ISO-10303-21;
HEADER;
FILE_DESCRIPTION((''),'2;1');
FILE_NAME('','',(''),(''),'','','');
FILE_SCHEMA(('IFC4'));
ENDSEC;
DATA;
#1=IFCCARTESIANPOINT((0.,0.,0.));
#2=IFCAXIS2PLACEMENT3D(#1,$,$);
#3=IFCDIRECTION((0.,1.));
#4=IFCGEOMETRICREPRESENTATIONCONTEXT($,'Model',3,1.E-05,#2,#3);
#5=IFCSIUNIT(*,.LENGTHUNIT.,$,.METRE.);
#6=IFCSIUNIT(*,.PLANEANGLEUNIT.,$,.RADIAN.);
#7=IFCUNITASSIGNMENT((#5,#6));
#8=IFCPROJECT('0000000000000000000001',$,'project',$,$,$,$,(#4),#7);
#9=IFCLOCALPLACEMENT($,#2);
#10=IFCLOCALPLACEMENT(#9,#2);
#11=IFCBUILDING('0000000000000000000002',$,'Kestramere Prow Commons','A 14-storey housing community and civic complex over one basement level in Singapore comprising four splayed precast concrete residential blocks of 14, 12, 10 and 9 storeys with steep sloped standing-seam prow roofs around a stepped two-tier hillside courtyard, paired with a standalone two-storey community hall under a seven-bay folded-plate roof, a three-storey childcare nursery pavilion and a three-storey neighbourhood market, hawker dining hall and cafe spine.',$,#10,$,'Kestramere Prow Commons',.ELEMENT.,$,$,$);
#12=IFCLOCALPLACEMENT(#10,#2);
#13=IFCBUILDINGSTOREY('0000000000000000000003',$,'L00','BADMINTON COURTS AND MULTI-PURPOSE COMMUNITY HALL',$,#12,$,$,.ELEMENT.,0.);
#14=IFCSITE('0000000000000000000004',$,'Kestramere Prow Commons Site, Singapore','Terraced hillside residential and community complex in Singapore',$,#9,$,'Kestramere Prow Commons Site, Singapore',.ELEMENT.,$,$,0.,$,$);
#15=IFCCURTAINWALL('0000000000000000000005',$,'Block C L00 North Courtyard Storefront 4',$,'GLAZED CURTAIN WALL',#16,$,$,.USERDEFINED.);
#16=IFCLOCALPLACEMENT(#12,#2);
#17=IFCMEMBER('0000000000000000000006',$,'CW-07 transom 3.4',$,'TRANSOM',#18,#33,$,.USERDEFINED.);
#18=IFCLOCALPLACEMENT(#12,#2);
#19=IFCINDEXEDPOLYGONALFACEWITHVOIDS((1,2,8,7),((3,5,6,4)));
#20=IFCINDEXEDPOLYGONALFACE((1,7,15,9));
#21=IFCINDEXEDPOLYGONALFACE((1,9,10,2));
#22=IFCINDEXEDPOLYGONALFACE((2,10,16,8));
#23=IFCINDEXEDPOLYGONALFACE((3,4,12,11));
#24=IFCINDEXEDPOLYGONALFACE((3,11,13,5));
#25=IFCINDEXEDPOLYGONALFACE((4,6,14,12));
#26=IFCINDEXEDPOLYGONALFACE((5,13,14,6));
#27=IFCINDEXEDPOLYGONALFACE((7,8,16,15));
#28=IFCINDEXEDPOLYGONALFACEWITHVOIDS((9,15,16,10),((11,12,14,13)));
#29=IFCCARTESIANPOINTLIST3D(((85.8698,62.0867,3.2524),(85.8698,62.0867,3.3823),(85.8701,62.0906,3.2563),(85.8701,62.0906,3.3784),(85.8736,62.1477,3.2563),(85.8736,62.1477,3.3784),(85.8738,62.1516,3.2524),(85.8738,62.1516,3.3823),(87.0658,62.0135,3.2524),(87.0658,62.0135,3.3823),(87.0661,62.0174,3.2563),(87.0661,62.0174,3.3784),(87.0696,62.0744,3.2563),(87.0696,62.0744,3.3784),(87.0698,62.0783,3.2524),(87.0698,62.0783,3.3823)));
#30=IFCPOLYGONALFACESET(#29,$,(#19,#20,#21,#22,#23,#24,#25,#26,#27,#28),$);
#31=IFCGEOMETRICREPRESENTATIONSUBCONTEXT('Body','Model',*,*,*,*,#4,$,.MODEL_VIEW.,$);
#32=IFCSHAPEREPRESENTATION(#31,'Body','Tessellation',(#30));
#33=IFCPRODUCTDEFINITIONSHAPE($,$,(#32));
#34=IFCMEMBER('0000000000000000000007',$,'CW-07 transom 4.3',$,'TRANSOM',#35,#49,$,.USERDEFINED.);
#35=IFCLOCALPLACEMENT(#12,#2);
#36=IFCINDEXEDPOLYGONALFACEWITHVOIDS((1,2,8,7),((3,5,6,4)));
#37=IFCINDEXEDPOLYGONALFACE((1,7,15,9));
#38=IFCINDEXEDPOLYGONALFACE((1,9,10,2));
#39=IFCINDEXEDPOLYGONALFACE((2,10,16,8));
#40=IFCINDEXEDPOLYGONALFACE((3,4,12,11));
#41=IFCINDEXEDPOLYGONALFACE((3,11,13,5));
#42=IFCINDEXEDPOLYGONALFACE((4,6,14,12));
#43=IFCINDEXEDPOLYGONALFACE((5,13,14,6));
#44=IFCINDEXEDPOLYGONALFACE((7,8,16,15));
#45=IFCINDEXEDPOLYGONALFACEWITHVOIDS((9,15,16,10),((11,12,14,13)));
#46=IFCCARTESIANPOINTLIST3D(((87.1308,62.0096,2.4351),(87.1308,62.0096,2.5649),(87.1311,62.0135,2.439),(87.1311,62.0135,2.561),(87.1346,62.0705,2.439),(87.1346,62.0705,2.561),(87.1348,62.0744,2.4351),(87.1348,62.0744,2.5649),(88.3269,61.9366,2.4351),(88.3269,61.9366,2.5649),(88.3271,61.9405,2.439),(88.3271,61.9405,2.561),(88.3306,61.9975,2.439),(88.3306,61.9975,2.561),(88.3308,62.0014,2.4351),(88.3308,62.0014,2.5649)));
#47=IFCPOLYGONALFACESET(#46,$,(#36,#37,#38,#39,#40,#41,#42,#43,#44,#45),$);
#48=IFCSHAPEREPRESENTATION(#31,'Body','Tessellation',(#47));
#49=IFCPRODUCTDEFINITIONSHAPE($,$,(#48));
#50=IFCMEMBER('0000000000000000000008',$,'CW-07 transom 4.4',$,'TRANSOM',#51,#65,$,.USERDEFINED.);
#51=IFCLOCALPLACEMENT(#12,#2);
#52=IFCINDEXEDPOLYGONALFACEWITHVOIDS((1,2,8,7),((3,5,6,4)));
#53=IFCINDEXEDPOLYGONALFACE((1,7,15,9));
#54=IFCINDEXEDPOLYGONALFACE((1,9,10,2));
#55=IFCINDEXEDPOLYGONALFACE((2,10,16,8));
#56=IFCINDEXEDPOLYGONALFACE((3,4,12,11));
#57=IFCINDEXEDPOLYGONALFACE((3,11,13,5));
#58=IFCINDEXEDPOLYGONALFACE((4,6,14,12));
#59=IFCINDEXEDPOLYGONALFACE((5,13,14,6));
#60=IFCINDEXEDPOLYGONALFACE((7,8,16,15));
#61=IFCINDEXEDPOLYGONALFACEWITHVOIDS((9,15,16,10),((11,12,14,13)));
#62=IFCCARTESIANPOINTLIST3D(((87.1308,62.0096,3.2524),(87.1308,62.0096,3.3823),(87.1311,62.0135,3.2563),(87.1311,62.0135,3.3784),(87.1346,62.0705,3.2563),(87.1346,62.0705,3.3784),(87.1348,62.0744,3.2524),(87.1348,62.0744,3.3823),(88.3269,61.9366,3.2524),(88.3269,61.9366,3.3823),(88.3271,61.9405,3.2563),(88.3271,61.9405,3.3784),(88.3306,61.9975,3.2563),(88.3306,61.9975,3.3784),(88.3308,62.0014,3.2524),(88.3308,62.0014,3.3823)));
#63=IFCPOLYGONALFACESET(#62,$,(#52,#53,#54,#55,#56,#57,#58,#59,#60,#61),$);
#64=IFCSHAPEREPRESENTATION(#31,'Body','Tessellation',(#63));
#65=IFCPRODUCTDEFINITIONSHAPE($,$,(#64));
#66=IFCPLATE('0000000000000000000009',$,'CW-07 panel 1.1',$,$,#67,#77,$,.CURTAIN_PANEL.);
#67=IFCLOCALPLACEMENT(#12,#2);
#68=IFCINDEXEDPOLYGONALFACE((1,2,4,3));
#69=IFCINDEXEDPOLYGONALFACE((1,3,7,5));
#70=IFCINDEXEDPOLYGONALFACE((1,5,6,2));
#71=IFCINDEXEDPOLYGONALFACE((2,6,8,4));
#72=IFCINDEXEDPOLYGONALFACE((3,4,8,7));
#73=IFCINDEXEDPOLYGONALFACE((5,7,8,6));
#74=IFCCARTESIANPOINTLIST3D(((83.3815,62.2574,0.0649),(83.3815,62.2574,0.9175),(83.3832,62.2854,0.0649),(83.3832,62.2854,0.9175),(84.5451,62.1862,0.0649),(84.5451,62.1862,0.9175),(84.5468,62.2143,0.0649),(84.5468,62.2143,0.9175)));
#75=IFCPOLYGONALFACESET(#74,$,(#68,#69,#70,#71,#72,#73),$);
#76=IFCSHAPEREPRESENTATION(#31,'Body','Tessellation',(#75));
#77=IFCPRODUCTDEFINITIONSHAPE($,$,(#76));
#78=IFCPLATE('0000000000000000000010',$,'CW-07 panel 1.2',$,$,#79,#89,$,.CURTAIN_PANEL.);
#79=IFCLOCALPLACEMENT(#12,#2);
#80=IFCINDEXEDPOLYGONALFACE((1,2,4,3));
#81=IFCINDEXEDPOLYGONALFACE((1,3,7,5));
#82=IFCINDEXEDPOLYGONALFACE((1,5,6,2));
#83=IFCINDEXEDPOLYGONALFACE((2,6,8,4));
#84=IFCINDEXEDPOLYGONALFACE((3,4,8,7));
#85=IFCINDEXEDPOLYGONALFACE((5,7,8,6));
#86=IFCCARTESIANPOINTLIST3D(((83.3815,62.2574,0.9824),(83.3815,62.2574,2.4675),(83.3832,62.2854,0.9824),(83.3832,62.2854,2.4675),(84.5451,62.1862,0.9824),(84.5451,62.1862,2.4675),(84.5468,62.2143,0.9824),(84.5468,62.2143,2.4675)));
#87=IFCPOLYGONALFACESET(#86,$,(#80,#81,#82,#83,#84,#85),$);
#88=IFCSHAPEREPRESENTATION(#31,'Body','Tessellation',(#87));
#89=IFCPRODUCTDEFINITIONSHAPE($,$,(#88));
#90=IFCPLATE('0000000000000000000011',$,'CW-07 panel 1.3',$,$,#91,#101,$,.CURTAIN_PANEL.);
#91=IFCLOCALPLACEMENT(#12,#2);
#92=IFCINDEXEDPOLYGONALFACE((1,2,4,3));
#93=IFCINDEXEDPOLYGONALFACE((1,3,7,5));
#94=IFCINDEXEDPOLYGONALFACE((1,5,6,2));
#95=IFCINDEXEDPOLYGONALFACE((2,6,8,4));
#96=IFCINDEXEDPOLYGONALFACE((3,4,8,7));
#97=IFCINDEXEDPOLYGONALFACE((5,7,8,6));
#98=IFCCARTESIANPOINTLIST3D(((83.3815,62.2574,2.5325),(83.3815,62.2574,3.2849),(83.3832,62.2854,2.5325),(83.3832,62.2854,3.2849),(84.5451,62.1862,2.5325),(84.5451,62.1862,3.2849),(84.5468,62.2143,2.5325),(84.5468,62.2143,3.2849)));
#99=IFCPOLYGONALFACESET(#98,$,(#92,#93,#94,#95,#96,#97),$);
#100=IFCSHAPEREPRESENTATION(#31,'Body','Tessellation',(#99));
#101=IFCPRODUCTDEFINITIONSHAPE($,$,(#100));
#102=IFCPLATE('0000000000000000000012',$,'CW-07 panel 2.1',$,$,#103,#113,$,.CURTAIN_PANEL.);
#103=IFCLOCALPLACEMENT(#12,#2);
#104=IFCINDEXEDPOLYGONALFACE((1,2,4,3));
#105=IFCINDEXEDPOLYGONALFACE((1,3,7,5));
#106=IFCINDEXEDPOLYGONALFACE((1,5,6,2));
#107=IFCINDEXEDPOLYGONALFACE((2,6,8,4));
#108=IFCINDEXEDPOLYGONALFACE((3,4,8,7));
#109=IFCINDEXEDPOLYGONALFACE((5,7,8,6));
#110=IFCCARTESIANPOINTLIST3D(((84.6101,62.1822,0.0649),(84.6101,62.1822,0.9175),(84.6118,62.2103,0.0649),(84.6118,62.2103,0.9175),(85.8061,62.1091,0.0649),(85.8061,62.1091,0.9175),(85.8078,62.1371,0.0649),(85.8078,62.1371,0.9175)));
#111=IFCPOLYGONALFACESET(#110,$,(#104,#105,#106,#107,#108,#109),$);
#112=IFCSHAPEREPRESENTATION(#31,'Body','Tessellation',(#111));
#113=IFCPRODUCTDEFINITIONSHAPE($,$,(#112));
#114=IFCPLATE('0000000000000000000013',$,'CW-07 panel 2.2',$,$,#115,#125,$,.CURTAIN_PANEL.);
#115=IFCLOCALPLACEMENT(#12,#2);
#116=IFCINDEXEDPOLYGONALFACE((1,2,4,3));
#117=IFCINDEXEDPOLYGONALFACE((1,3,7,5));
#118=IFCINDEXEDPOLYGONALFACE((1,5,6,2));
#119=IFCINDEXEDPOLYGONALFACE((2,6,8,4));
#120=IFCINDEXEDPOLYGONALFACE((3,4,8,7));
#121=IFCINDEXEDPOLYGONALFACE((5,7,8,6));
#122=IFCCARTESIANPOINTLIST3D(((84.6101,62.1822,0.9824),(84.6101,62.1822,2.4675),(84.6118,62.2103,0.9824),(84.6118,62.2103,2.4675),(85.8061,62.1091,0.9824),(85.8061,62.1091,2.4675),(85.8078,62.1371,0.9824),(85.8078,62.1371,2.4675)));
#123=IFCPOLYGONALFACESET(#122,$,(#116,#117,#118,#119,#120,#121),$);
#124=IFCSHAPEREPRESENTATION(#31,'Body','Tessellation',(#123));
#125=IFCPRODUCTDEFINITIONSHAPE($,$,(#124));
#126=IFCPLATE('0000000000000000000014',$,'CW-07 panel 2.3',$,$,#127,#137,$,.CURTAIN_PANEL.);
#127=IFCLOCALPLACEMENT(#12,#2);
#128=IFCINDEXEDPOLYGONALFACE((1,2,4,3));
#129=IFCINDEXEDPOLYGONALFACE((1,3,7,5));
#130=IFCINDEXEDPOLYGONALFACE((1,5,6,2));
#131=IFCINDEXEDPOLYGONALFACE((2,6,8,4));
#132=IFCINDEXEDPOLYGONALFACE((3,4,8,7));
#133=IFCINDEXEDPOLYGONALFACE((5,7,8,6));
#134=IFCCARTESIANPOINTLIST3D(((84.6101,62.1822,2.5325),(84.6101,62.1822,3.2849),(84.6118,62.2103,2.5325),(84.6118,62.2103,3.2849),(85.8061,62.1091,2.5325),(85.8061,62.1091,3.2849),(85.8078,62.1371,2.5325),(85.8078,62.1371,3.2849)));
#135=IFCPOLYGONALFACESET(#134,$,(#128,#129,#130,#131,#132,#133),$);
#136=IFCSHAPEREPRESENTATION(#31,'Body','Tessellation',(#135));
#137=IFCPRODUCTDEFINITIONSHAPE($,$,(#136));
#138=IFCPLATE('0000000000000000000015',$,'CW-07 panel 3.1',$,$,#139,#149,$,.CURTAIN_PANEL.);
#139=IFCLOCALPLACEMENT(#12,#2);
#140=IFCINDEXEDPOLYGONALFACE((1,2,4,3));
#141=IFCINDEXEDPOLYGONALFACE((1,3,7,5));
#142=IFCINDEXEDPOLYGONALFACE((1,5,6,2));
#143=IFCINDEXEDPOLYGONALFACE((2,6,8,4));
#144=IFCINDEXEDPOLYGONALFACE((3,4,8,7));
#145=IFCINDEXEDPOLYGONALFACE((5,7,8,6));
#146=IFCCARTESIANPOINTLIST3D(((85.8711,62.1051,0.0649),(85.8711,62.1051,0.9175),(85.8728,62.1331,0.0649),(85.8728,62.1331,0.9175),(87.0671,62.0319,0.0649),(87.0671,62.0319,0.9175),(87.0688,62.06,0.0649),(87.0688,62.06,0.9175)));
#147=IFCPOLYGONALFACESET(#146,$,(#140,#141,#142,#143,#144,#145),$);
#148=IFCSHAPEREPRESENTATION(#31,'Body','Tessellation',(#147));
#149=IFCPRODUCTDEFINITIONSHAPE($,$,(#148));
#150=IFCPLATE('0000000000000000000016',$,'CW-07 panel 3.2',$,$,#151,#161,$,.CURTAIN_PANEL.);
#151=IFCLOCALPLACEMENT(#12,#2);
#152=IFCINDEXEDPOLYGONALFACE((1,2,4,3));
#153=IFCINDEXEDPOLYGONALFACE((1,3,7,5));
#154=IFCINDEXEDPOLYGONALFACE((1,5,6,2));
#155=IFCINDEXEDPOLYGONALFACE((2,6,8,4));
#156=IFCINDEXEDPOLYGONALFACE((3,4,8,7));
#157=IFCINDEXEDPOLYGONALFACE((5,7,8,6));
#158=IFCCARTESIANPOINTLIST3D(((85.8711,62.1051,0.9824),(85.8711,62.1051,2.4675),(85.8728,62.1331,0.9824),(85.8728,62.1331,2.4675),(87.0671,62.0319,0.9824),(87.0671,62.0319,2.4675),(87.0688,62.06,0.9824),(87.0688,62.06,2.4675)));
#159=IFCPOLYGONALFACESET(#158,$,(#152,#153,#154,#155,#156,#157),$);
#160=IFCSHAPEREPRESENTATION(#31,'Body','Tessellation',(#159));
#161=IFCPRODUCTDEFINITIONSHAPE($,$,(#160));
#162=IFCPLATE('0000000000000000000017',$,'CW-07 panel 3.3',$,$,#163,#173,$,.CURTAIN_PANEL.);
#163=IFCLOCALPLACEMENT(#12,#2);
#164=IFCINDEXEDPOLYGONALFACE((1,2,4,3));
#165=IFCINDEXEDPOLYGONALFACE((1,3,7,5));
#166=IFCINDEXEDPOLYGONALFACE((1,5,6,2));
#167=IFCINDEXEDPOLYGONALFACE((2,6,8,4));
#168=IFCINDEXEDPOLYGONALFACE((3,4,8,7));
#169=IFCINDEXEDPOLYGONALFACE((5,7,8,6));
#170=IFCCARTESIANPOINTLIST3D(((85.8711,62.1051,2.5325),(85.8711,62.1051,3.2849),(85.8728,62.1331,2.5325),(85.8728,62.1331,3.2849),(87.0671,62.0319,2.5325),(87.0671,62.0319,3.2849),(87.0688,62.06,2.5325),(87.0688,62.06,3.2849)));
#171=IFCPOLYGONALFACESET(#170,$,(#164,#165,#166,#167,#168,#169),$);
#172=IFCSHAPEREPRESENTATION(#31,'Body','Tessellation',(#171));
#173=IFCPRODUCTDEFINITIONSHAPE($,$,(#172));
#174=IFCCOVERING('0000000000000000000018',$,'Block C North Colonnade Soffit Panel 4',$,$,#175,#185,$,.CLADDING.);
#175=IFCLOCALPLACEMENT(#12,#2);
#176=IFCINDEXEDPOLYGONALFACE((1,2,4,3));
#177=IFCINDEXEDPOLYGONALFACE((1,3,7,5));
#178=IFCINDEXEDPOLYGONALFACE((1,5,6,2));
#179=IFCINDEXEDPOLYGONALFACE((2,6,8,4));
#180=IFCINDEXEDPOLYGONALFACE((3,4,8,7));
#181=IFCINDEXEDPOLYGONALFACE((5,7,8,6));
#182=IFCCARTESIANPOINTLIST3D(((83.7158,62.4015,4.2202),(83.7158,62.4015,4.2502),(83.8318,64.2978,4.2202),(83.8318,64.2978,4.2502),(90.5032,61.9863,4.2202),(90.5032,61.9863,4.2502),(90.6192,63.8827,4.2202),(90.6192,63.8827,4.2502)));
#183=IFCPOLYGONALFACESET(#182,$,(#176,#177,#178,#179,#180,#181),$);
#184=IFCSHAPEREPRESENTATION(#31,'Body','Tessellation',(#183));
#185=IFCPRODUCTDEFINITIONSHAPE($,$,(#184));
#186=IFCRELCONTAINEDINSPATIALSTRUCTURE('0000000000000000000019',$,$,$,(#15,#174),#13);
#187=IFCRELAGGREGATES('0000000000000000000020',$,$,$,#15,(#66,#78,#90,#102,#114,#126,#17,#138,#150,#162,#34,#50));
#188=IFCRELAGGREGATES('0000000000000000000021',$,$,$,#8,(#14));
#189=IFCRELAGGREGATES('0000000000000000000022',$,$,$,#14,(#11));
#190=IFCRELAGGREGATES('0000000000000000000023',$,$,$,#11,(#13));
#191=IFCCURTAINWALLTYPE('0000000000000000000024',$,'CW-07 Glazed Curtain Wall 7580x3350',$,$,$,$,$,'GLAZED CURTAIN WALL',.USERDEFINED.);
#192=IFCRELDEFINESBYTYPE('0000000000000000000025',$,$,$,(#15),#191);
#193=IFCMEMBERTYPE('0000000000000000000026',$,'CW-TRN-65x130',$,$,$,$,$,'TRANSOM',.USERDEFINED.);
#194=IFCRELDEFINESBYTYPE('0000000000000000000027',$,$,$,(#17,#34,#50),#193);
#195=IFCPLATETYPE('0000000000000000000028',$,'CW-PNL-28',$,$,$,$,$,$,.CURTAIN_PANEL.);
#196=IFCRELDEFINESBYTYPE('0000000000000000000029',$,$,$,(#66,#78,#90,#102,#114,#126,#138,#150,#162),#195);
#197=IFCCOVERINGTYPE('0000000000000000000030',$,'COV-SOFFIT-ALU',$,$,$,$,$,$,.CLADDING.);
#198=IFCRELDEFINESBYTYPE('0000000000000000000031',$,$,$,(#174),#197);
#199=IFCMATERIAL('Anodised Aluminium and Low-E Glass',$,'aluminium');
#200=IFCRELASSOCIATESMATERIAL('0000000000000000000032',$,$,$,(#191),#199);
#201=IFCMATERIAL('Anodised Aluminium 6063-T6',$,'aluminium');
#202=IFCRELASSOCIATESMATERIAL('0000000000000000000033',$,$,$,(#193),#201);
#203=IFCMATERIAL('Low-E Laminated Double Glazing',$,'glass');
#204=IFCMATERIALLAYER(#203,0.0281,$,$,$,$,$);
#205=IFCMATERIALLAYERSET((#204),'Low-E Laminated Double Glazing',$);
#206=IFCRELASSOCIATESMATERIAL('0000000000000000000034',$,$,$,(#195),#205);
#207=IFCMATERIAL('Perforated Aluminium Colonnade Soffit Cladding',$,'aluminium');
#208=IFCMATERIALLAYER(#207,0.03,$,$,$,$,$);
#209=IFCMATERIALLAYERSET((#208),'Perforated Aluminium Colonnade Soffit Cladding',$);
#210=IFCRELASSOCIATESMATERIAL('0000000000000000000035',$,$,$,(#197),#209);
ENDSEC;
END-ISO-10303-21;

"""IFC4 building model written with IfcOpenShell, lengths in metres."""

from ifc_helpers import new_model, si_unit, direction, frame, origin, origin_2d, place, context, subcontext, project, spatial, rectangle, hollow_rectangle, extrude, material, layer, layer_set, material_profile, profile_set, type_object, element, aggregate, save


model = new_model("IFC4")

# Units and contexts
model_context = context("Model", 3, precision=1e-05, world=origin(), true_north=direction((0.0, 1.0)))
body_context = subcontext(model_context, "Body", "Model", "MODEL_VIEW")
ifc_project = project(units=[si_unit("LENGTHUNIT", "METRE"), si_unit("PLANEANGLEUNIT", "RADIAN")], contexts=[model_context])

# Site, building, storey
site_placement = place(None, origin())
site = spatial("IfcSite", under=ifc_project, at=site_placement, Name="Kestramere Prow Commons Site, Singapore", Description="Terraced hillside residential and community complex in Singapore", LongName="Kestramere Prow Commons Site, Singapore", CompositionType="ELEMENT", RefElevation=0.0)
building_placement = place(site_placement, origin())
building = spatial("IfcBuilding", under=site, at=building_placement, Name="Kestramere Prow Commons", Description="A 14-storey housing community and civic complex over one basement level in Singapore comprising four splayed precast concrete residential blocks of 14, 12, 10 and 9 storeys with steep sloped standing-seam prow roofs around a stepped two-tier hillside courtyard, paired with a standalone two-storey community hall under a seven-bay folded-plate roof, a three-storey childcare nursery pavilion and a three-storey neighbourhood market, hawker dining hall and cafe spine.", LongName="Kestramere Prow Commons", CompositionType="ELEMENT")
storey_placement = place(building_placement, origin())
storey = spatial("IfcBuildingStorey", under=building, at=storey_placement, Name="L00", Description="BADMINTON COURTS AND MULTI-PURPOSE COMMUNITY HALL", CompositionType="ELEMENT", Elevation=0.0)

# Curtain wall, members, plates
ifc_material_1 = material(Name="Anodised Aluminium and Low-E Glass", Category="aluminium")
curtain_wall_type = type_object("IfcCurtainWallType", Name="CW-07 Glazed Curtain Wall 7580x3350", ElementType="GLAZED CURTAIN WALL", PredefinedType="USERDEFINED", material=ifc_material_1)
curtain_wall_placement = place(storey_placement, origin())
curtain_wall = element("IfcCurtainWall", 1, at=curtain_wall_placement, inside=storey, type_object=curtain_wall_type, Name="Block C L00 North Courtyard Storefront 4", ObjectType="GLAZED CURTAIN WALL", PredefinedType="USERDEFINED")
ifc_material_2 = material(Name="Anodised Aluminium 6063-T6", Category="aluminium")
ifc_material_profile_1 = material_profile(ifc_material_2, hollow_rectangle(XDim=0.0649, YDim=0.1299, WallThickness=0.0039, at=origin_2d()), Name="ALU-TRN 65x130")
ifc_profile_set_1 = profile_set([ifc_material_profile_1], Name="Anodised Aluminium 6063-T6")
member_type_1 = type_object("IfcMemberType", Name="CW-TRN-65x130", ElementType="TRANSOM", PredefinedType="USERDEFINED", material=ifc_profile_set_1)
member_1_placement = place(storey_placement, frame((85.8718, 62.1191, 3.3174), z_axis=(0.99813, -0.061122, 0.0), x_axis=(0.061122, 0.99813, 0.0)))
member_1 = element("IfcMember", 2, at=member_1_placement, type_object=member_type_1, Name="CW-07 transom 3.4", ObjectType="TRANSOM", PredefinedType="USERDEFINED", context=body_context, shape_type="SweptSolid", body=[
    extrude(hollow_rectangle(XDim=0.0649, YDim=0.1299, WallThickness=0.0039, at=origin_2d()), origin(), (0.0, 0.0, 1.0), 1.1982),
])
member_2_placement = place(storey_placement, frame((87.1328, 62.042, 2.5), z_axis=(0.998143, -0.06092, 0.0), x_axis=(0.06092, 0.998143, 0.0)))
member_2 = element("IfcMember", 3, at=member_2_placement, type_object=member_type_1, Name="CW-07 transom 4.3", ObjectType="TRANSOM", PredefinedType="USERDEFINED", context=body_context, shape_type="SweptSolid", body=[
    extrude(hollow_rectangle(XDim=0.0649, YDim=0.1299, WallThickness=0.0039, at=origin_2d()), origin(), (0.0, 0.0, 1.0), 1.1982),
])
member_3_placement = place(storey_placement, frame((87.1328, 62.042, 3.3174), z_axis=(0.998143, -0.06092, 0.0), x_axis=(0.06092, 0.998143, 0.0)))
member_3 = element("IfcMember", 4, at=member_3_placement, type_object=member_type_1, Name="CW-07 transom 4.4", ObjectType="TRANSOM", PredefinedType="USERDEFINED", context=body_context, shape_type="SweptSolid", body=[
    extrude(hollow_rectangle(XDim=0.0649, YDim=0.1299, WallThickness=0.0039, at=origin_2d()), origin(), (0.0, 0.0, 1.0), 1.1982),
])
ifc_material_3 = material(Name="Low-E Laminated Double Glazing", Category="glass")
ifc_layer_1 = layer(ifc_material_3, 0.0281)
ifc_layer_set_1 = layer_set([ifc_layer_1], Name="Low-E Laminated Double Glazing")
plate_type = type_object("IfcPlateType", Name="CW-PNL-28", PredefinedType="CURTAIN_PANEL", material=ifc_layer_set_1)
plate_1_placement = place(storey_placement, frame((83.9641, 62.2358, 0.0649), z_axis=(0.0, 0.0, 1.0), x_axis=(0.998135, -0.061049, 0.0)))
plate_1 = element("IfcPlate", 5, at=plate_1_placement, type_object=plate_type, Name="CW-07 panel 1.1", PredefinedType="CURTAIN_PANEL", context=body_context, shape_type="SweptSolid", body=[
    extrude(rectangle(XDim=1.1658, YDim=0.0281, at=origin_2d()), origin(), (0.0, 0.0, 1.0), 0.8525),
])
plate_2_placement = place(storey_placement, frame((83.9641, 62.2358, 0.9824), z_axis=(0.0, 0.0, 1.0), x_axis=(0.998135, -0.061049, 0.0)))
plate_2 = element("IfcPlate", 6, at=plate_2_placement, type_object=plate_type, Name="CW-07 panel 1.2", PredefinedType="CURTAIN_PANEL", context=body_context, shape_type="SweptSolid", body=[
    extrude(rectangle(XDim=1.1658, YDim=0.0281, at=origin_2d()), origin(), (0.0, 0.0, 1.0), 1.4851),
])
plate_3_placement = place(storey_placement, frame((83.9641, 62.2358, 2.5325), z_axis=(0.0, 0.0, 1.0), x_axis=(0.998135, -0.061049, 0.0)))
plate_3 = element("IfcPlate", 7, at=plate_3_placement, type_object=plate_type, Name="CW-07 panel 1.3", PredefinedType="CURTAIN_PANEL", context=body_context, shape_type="SweptSolid", body=[
    extrude(rectangle(XDim=1.1658, YDim=0.0281, at=origin_2d()), origin(), (0.0, 0.0, 1.0), 0.7524),
])
plate_4_placement = place(storey_placement, frame((85.209, 62.1597, 0.0649), z_axis=(0.0, 0.0, 1.0), x_axis=(0.998135, -0.061049, 0.0)))
plate_4 = element("IfcPlate", 8, at=plate_4_placement, type_object=plate_type, Name="CW-07 panel 2.1", PredefinedType="CURTAIN_PANEL", context=body_context, shape_type="SweptSolid", body=[
    extrude(rectangle(XDim=1.1982, YDim=0.0281, at=origin_2d()), origin(), (0.0, 0.0, 1.0), 0.8525),
])
plate_5_placement = place(storey_placement, frame((85.209, 62.1597, 0.9824), z_axis=(0.0, 0.0, 1.0), x_axis=(0.998135, -0.061049, 0.0)))
plate_5 = element("IfcPlate", 9, at=plate_5_placement, type_object=plate_type, Name="CW-07 panel 2.2", PredefinedType="CURTAIN_PANEL", context=body_context, shape_type="SweptSolid", body=[
    extrude(rectangle(XDim=1.1982, YDim=0.0281, at=origin_2d()), origin(), (0.0, 0.0, 1.0), 1.4851),
])
plate_6_placement = place(storey_placement, frame((85.209, 62.1597, 2.5325), z_axis=(0.0, 0.0, 1.0), x_axis=(0.998135, -0.061049, 0.0)))
plate_6 = element("IfcPlate", 10, at=plate_6_placement, type_object=plate_type, Name="CW-07 panel 2.3", PredefinedType="CURTAIN_PANEL", context=body_context, shape_type="SweptSolid", body=[
    extrude(rectangle(XDim=1.1982, YDim=0.0281, at=origin_2d()), origin(), (0.0, 0.0, 1.0), 0.7524),
])
plate_7_placement = place(storey_placement, frame((86.47, 62.0825, 0.0649), z_axis=(0.0, 0.0, 1.0), x_axis=(0.998135, -0.061049, 0.0)))
plate_7 = element("IfcPlate", 11, at=plate_7_placement, type_object=plate_type, Name="CW-07 panel 3.1", PredefinedType="CURTAIN_PANEL", context=body_context, shape_type="SweptSolid", body=[
    extrude(rectangle(XDim=1.1982, YDim=0.0281, at=origin_2d()), origin(), (0.0, 0.0, 1.0), 0.8525),
])
plate_8_placement = place(storey_placement, frame((86.47, 62.0825, 0.9824), z_axis=(0.0, 0.0, 1.0), x_axis=(0.998135, -0.061049, 0.0)))
plate_8 = element("IfcPlate", 12, at=plate_8_placement, type_object=plate_type, Name="CW-07 panel 3.2", PredefinedType="CURTAIN_PANEL", context=body_context, shape_type="SweptSolid", body=[
    extrude(rectangle(XDim=1.1982, YDim=0.0281, at=origin_2d()), origin(), (0.0, 0.0, 1.0), 1.4851),
])
plate_9_placement = place(storey_placement, frame((86.47, 62.0825, 2.5325), z_axis=(0.0, 0.0, 1.0), x_axis=(0.998135, -0.061049, 0.0)))
plate_9 = element("IfcPlate", 13, at=plate_9_placement, type_object=plate_type, Name="CW-07 panel 3.3", PredefinedType="CURTAIN_PANEL", context=body_context, shape_type="SweptSolid", body=[
    extrude(rectangle(XDim=1.1982, YDim=0.0281, at=origin_2d()), origin(), (0.0, 0.0, 1.0), 0.7524),
])
aggregate(curtain_wall, [plate_1, plate_2, plate_3, plate_4, plate_5, plate_6, member_1, plate_7, plate_8, plate_9, member_2, member_3])

# Covering
ifc_material_4 = material(Name="Perforated Aluminium Colonnade Soffit Cladding", Category="aluminium")
ifc_layer_2 = layer(ifc_material_4, 0.03)
ifc_layer_set_2 = layer_set([ifc_layer_2], Name="Perforated Aluminium Colonnade Soffit Cladding")
covering_type = type_object("IfcCoveringType", Name="COV-SOFFIT-ALU", PredefinedType="CLADDING", material=ifc_layer_set_2)
covering_placement = place(storey_placement, frame((87.1675, 63.1421, 4.2202), z_axis=(0.0, 0.0, 1.0), x_axis=(0.998135, -0.061049, 0.0)))
element("IfcCovering", 14, at=covering_placement, inside=storey, type_object=covering_type, Name="Block C North Colonnade Soffit Panel 4", PredefinedType="CLADDING", context=body_context, shape_type="SweptSolid", body=[
    extrude(rectangle(XDim=6.8, YDim=1.8999, at=origin_2d()), origin(), (0.0, 0.0, 1.0), 0.03),
])

save(model, "model.ifc")
